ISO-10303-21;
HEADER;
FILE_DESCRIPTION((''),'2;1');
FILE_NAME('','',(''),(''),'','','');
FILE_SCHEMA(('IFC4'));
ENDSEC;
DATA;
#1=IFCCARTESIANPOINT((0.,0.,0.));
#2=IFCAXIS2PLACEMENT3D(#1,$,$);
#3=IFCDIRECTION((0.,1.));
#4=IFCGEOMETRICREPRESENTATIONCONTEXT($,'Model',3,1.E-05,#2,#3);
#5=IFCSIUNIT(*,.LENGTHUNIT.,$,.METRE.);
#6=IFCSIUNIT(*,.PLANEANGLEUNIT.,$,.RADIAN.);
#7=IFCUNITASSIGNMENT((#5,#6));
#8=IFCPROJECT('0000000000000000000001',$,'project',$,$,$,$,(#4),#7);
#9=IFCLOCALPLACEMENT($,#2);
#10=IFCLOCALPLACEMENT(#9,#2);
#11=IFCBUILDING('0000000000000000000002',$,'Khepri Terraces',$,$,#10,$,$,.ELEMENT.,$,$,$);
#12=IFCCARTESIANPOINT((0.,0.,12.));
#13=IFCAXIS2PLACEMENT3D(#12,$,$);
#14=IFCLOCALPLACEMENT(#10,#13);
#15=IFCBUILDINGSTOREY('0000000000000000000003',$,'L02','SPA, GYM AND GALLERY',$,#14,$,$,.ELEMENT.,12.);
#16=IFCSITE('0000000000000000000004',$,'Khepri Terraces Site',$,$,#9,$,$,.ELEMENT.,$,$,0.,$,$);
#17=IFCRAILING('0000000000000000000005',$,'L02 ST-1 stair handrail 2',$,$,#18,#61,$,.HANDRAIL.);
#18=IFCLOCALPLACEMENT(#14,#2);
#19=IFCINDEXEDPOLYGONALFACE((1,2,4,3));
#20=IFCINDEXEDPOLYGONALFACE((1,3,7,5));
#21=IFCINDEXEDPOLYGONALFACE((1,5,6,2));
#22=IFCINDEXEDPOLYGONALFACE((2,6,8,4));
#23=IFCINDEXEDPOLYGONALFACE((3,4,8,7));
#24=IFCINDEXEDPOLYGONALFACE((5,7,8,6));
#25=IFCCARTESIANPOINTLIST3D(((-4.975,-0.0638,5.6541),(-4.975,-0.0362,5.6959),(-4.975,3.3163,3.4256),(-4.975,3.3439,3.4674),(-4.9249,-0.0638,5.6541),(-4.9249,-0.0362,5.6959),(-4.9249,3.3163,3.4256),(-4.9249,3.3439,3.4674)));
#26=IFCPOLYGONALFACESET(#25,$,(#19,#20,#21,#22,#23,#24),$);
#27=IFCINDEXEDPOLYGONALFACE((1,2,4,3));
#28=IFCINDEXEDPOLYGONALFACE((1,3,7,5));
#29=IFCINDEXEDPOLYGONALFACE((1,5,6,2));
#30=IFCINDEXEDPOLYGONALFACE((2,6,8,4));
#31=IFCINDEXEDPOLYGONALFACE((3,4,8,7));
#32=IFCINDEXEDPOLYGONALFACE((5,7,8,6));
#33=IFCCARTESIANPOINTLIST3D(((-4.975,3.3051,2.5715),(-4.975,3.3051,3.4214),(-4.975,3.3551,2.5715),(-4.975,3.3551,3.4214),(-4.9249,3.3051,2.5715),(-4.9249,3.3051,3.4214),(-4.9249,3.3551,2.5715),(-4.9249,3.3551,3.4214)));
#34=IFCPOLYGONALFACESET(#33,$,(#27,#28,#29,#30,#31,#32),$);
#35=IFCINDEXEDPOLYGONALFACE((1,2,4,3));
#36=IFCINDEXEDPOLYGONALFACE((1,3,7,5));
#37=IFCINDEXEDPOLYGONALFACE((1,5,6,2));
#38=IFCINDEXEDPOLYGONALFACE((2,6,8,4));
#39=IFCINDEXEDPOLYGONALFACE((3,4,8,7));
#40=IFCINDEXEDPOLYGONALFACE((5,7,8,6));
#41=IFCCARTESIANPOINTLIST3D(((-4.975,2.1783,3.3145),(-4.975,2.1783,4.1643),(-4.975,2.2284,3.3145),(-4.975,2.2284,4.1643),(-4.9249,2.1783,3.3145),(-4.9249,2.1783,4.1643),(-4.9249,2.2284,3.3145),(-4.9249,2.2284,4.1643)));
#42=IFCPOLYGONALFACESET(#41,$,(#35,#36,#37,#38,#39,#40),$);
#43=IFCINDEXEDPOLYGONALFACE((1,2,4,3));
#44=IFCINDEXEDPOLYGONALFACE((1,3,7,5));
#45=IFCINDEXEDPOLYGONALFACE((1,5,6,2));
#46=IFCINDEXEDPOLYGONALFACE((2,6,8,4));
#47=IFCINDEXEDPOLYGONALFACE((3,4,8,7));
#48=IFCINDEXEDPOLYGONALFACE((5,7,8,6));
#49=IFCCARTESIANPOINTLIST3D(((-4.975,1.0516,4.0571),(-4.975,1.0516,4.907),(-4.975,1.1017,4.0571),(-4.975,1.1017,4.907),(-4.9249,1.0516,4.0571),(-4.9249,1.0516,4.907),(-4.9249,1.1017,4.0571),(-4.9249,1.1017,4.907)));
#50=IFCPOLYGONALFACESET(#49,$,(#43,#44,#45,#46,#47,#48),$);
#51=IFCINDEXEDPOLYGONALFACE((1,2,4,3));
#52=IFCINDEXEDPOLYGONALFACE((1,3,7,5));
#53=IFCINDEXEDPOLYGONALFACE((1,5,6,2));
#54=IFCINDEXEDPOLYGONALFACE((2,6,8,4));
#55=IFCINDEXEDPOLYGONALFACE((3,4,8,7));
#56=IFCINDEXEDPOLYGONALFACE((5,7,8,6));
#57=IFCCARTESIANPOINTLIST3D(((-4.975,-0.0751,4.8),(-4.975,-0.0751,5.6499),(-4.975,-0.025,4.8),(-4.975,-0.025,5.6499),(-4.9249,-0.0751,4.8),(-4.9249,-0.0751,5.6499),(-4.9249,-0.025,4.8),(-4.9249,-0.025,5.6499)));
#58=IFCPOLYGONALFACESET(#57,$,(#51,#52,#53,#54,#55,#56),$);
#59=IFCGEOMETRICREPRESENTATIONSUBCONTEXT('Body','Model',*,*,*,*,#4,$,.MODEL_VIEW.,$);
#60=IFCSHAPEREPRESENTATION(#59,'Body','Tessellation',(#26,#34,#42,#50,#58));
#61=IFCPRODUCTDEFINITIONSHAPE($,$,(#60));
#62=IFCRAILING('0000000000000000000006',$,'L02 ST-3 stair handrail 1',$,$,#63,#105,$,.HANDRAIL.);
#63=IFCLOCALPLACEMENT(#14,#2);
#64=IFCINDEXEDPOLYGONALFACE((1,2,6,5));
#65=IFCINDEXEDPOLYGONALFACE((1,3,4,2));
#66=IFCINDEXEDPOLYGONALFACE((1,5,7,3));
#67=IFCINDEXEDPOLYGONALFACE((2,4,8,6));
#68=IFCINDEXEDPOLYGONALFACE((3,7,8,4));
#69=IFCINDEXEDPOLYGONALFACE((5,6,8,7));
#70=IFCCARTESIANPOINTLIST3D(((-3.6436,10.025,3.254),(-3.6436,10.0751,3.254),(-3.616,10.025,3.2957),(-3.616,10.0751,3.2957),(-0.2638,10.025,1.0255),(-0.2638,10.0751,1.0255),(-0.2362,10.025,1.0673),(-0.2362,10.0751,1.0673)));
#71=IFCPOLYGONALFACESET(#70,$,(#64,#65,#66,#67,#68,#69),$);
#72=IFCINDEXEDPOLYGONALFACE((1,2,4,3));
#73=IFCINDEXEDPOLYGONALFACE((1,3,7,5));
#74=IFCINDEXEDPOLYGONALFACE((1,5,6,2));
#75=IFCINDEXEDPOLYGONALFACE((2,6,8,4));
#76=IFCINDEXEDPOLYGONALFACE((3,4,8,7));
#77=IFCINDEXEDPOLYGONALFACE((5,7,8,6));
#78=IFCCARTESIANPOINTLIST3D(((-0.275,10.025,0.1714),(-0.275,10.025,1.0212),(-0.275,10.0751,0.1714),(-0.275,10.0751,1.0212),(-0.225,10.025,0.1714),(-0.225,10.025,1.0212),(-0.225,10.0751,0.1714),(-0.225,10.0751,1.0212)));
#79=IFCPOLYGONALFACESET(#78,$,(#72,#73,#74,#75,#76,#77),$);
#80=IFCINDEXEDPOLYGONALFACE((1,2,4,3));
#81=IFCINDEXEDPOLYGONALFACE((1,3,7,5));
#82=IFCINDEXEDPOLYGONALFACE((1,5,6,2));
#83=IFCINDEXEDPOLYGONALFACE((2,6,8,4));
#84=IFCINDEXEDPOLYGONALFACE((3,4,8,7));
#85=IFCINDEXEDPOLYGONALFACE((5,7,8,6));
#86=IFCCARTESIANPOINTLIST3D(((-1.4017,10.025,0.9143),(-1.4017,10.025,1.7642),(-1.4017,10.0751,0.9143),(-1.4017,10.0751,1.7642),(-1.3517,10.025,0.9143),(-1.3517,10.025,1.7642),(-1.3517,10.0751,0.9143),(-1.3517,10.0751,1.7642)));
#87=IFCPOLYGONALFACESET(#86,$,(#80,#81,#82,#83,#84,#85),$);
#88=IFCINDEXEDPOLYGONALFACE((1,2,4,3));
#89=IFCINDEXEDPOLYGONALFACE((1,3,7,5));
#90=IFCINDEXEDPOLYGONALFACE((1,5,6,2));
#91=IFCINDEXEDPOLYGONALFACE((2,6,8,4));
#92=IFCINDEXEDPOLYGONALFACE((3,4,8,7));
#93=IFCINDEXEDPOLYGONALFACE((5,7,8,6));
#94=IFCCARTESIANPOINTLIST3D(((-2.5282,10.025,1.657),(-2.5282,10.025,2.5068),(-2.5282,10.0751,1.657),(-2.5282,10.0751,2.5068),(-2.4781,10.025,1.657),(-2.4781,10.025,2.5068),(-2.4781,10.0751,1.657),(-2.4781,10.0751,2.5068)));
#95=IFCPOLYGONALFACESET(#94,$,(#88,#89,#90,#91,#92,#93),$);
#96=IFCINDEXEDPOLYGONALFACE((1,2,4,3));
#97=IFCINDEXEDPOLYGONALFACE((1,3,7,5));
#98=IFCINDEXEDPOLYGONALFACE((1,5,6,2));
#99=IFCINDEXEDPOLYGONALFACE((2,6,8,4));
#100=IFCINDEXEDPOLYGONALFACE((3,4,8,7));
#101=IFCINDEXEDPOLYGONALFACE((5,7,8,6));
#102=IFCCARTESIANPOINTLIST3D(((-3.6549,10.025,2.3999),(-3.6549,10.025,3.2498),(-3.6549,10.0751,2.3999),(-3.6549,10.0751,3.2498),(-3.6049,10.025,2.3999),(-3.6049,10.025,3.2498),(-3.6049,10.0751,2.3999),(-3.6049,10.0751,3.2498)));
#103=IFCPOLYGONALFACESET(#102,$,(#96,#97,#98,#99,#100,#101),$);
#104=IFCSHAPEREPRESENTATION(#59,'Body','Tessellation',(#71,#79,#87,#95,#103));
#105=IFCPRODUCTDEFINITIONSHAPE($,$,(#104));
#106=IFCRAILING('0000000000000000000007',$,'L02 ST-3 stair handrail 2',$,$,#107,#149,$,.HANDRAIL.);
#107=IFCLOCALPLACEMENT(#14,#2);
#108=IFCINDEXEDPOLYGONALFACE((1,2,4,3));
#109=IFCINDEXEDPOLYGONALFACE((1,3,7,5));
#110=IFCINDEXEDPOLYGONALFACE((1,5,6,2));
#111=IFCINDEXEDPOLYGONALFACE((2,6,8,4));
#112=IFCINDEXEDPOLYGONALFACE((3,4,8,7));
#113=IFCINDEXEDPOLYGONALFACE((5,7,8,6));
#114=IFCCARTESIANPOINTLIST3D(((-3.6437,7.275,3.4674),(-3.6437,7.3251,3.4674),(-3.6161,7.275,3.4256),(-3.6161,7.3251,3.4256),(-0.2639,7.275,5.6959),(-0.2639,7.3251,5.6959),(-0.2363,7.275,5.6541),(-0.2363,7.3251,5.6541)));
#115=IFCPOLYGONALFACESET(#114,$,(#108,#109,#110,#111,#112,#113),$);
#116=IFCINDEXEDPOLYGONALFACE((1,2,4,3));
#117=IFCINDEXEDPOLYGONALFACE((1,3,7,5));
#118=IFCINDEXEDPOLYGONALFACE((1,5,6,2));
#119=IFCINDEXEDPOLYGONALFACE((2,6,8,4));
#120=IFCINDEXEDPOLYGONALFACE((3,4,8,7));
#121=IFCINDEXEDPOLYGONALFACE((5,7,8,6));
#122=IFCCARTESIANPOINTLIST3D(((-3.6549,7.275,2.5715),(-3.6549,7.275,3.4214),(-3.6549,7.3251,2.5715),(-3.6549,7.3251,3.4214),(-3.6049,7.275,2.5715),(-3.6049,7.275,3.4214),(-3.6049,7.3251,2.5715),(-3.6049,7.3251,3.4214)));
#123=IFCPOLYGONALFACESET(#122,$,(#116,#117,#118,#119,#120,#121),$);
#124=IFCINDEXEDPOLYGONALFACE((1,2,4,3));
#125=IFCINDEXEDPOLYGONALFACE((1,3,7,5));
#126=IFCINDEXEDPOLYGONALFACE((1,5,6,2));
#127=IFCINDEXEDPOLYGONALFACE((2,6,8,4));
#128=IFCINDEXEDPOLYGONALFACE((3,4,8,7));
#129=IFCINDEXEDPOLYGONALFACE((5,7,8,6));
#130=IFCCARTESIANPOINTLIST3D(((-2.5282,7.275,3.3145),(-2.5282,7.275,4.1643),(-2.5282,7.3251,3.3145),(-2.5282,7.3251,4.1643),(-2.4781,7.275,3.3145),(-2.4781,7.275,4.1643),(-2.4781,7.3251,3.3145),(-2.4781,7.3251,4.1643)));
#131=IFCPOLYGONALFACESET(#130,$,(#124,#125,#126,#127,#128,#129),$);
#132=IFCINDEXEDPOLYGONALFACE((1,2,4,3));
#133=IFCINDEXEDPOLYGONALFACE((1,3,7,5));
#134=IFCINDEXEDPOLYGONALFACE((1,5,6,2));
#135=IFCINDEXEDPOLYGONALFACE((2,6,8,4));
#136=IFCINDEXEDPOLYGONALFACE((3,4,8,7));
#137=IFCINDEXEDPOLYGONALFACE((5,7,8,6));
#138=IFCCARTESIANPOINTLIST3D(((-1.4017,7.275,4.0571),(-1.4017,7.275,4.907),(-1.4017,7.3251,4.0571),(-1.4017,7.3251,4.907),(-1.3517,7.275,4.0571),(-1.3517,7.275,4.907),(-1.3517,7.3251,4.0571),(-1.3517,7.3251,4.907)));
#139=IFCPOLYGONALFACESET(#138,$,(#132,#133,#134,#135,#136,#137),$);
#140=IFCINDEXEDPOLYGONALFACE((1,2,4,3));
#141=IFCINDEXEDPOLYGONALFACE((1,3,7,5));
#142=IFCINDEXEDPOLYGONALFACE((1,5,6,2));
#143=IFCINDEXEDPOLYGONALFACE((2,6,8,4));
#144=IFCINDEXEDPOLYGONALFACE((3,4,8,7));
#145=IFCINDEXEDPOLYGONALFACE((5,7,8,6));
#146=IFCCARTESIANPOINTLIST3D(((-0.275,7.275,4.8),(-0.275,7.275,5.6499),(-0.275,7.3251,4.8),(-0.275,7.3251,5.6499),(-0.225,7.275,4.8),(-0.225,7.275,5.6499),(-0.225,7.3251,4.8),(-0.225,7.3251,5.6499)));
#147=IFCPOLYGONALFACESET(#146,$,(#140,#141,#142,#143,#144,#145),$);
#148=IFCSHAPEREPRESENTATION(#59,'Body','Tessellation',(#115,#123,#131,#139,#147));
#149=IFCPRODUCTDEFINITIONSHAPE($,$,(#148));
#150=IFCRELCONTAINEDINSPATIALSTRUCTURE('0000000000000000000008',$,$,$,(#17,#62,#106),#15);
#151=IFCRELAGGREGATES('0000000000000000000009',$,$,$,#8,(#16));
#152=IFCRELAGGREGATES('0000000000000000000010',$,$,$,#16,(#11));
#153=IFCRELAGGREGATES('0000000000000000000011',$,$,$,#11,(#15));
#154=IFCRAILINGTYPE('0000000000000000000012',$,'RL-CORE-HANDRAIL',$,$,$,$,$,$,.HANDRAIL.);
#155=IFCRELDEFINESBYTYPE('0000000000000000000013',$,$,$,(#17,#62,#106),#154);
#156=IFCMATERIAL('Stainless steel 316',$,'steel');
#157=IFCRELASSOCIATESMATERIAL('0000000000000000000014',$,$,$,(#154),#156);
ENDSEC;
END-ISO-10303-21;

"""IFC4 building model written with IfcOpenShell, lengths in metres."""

from ifc_helpers import new_model, si_unit, direction, frame, origin, origin_2d, place, context, subcontext, project, spatial, rectangle, extrude, material, type_object, element, save


model = new_model("IFC4")

# Units and contexts
model_context = context("Model", 3, precision=1e-05, world=origin(), true_north=direction((0.0, 1.0)))
body_context = subcontext(model_context, "Body", "Model", "MODEL_VIEW")
ifc_project = project(units=[si_unit("LENGTHUNIT", "METRE"), si_unit("PLANEANGLEUNIT", "RADIAN")], contexts=[model_context])

# Site, building, storey
site_placement = place(None, origin())
site = spatial("IfcSite", under=ifc_project, at=site_placement, Name="Khepri Terraces Site", CompositionType="ELEMENT", RefElevation=0.0)
building_placement = place(site_placement, origin())
building = spatial("IfcBuilding", under=site, at=building_placement, Name="Khepri Terraces", CompositionType="ELEMENT")
storey_placement = place(building_placement, frame((0.0, 0.0, 12.0)))
storey = spatial("IfcBuildingStorey", under=building, at=storey_placement, Name="L02", Description="SPA, GYM AND GALLERY", CompositionType="ELEMENT", Elevation=12.0)

# Railings
ifc_material_1 = material(Name="Stainless steel 316", Category="steel")
railing_type_1 = type_object("IfcRailingType", Name="RL-CORE-HANDRAIL", PredefinedType="HANDRAIL", material=ifc_material_1)
railing_1_placement = place(storey_placement, frame((-4.95, 3.3301, 2.5715)))
element("IfcRailing", 1, at=railing_1_placement, inside=storey, type_object=railing_type_1, Name="L02 ST-1 stair handrail 2", PredefinedType="HANDRAIL", context=body_context, shape_type="SweptSolid", body=[
    extrude(rectangle(XDim=0.05, YDim=0.05, at=origin_2d()), frame((0.0, 0.0, 0.875), z_axis=(0.0, -0.834878, 0.550435), x_axis=(1.0, 0.0, 0.0)), (0.0, 0.0, 1.0), 4.0486),
    extrude(rectangle(XDim=0.05, YDim=0.05, at=origin_2d()), origin(), (0.0, 0.0, 1.0), 0.8499),
    extrude(rectangle(XDim=0.05, YDim=0.05, at=origin_2d()), frame((0.0, -1.1267, 0.7429)), (0.0, 0.0, 1.0), 0.8499),
    extrude(rectangle(XDim=0.05, YDim=0.05, at=origin_2d()), frame((0.0, -2.2534, 1.4856)), (0.0, 0.0, 1.0), 0.8499),
    extrude(rectangle(XDim=0.05, YDim=0.05, at=origin_2d()), frame((0.0, -3.3801, 2.2285)), (0.0, 0.0, 1.0), 0.8499),
])
railing_2_placement = place(storey_placement, frame((-0.25, 10.05, 0.1714)))
element("IfcRailing", 2, at=railing_2_placement, inside=storey, type_object=railing_type_1, Name="L02 ST-3 stair handrail 1", PredefinedType="HANDRAIL", context=body_context, shape_type="SweptSolid", body=[
    extrude(rectangle(XDim=0.05, YDim=0.05, at=origin_2d()), frame((0.0, 0.0, 0.875), z_axis=(-0.83486, 0.0, 0.550462), x_axis=(0.0, -1.0, 0.0)), (0.0, 0.0, 1.0), 4.0483),
    extrude(rectangle(XDim=0.05, YDim=0.05, at=origin_2d()), origin(), (0.0, 0.0, 1.0), 0.8499),
    extrude(rectangle(XDim=0.05, YDim=0.05, at=origin_2d()), frame((-1.1267, 0.0, 0.7429)), (0.0, 0.0, 1.0), 0.8499),
    extrude(rectangle(XDim=0.05, YDim=0.05, at=origin_2d()), frame((-2.2532, 0.0, 1.4856)), (0.0, 0.0, 1.0), 0.8499),
    extrude(rectangle(XDim=0.05, YDim=0.05, at=origin_2d()), frame((-3.3799, 0.0, 2.2285)), (0.0, 0.0, 1.0), 0.8499),
])
railing_3_placement = place(storey_placement, frame((-3.6299, 7.3, 2.5715)))
element("IfcRailing", 3, at=railing_3_placement, inside=storey, type_object=railing_type_1, Name="L02 ST-3 stair handrail 2", PredefinedType="HANDRAIL", context=body_context, shape_type="SweptSolid", body=[
    extrude(rectangle(XDim=0.05, YDim=0.05, at=origin_2d()), frame((0.0, 0.0, 0.875), z_axis=(0.83486, 0.0, 0.550462), x_axis=(0.0, 1.0, 0.0)), (0.0, 0.0, 1.0), 4.0483),
    extrude(rectangle(XDim=0.05, YDim=0.05, at=origin_2d()), origin(), (0.0, 0.0, 1.0), 0.8499),
    extrude(rectangle(XDim=0.05, YDim=0.05, at=origin_2d()), frame((1.1267, 0.0, 0.7429)), (0.0, 0.0, 1.0), 0.8499),
    extrude(rectangle(XDim=0.05, YDim=0.05, at=origin_2d()), frame((2.2532, 0.0, 1.4856)), (0.0, 0.0, 1.0), 0.8499),
    extrude(rectangle(XDim=0.05, YDim=0.05, at=origin_2d()), frame((3.3799, 0.0, 2.2285)), (0.0, 0.0, 1.0), 0.8499),
])

save(model, "model.ifc")
